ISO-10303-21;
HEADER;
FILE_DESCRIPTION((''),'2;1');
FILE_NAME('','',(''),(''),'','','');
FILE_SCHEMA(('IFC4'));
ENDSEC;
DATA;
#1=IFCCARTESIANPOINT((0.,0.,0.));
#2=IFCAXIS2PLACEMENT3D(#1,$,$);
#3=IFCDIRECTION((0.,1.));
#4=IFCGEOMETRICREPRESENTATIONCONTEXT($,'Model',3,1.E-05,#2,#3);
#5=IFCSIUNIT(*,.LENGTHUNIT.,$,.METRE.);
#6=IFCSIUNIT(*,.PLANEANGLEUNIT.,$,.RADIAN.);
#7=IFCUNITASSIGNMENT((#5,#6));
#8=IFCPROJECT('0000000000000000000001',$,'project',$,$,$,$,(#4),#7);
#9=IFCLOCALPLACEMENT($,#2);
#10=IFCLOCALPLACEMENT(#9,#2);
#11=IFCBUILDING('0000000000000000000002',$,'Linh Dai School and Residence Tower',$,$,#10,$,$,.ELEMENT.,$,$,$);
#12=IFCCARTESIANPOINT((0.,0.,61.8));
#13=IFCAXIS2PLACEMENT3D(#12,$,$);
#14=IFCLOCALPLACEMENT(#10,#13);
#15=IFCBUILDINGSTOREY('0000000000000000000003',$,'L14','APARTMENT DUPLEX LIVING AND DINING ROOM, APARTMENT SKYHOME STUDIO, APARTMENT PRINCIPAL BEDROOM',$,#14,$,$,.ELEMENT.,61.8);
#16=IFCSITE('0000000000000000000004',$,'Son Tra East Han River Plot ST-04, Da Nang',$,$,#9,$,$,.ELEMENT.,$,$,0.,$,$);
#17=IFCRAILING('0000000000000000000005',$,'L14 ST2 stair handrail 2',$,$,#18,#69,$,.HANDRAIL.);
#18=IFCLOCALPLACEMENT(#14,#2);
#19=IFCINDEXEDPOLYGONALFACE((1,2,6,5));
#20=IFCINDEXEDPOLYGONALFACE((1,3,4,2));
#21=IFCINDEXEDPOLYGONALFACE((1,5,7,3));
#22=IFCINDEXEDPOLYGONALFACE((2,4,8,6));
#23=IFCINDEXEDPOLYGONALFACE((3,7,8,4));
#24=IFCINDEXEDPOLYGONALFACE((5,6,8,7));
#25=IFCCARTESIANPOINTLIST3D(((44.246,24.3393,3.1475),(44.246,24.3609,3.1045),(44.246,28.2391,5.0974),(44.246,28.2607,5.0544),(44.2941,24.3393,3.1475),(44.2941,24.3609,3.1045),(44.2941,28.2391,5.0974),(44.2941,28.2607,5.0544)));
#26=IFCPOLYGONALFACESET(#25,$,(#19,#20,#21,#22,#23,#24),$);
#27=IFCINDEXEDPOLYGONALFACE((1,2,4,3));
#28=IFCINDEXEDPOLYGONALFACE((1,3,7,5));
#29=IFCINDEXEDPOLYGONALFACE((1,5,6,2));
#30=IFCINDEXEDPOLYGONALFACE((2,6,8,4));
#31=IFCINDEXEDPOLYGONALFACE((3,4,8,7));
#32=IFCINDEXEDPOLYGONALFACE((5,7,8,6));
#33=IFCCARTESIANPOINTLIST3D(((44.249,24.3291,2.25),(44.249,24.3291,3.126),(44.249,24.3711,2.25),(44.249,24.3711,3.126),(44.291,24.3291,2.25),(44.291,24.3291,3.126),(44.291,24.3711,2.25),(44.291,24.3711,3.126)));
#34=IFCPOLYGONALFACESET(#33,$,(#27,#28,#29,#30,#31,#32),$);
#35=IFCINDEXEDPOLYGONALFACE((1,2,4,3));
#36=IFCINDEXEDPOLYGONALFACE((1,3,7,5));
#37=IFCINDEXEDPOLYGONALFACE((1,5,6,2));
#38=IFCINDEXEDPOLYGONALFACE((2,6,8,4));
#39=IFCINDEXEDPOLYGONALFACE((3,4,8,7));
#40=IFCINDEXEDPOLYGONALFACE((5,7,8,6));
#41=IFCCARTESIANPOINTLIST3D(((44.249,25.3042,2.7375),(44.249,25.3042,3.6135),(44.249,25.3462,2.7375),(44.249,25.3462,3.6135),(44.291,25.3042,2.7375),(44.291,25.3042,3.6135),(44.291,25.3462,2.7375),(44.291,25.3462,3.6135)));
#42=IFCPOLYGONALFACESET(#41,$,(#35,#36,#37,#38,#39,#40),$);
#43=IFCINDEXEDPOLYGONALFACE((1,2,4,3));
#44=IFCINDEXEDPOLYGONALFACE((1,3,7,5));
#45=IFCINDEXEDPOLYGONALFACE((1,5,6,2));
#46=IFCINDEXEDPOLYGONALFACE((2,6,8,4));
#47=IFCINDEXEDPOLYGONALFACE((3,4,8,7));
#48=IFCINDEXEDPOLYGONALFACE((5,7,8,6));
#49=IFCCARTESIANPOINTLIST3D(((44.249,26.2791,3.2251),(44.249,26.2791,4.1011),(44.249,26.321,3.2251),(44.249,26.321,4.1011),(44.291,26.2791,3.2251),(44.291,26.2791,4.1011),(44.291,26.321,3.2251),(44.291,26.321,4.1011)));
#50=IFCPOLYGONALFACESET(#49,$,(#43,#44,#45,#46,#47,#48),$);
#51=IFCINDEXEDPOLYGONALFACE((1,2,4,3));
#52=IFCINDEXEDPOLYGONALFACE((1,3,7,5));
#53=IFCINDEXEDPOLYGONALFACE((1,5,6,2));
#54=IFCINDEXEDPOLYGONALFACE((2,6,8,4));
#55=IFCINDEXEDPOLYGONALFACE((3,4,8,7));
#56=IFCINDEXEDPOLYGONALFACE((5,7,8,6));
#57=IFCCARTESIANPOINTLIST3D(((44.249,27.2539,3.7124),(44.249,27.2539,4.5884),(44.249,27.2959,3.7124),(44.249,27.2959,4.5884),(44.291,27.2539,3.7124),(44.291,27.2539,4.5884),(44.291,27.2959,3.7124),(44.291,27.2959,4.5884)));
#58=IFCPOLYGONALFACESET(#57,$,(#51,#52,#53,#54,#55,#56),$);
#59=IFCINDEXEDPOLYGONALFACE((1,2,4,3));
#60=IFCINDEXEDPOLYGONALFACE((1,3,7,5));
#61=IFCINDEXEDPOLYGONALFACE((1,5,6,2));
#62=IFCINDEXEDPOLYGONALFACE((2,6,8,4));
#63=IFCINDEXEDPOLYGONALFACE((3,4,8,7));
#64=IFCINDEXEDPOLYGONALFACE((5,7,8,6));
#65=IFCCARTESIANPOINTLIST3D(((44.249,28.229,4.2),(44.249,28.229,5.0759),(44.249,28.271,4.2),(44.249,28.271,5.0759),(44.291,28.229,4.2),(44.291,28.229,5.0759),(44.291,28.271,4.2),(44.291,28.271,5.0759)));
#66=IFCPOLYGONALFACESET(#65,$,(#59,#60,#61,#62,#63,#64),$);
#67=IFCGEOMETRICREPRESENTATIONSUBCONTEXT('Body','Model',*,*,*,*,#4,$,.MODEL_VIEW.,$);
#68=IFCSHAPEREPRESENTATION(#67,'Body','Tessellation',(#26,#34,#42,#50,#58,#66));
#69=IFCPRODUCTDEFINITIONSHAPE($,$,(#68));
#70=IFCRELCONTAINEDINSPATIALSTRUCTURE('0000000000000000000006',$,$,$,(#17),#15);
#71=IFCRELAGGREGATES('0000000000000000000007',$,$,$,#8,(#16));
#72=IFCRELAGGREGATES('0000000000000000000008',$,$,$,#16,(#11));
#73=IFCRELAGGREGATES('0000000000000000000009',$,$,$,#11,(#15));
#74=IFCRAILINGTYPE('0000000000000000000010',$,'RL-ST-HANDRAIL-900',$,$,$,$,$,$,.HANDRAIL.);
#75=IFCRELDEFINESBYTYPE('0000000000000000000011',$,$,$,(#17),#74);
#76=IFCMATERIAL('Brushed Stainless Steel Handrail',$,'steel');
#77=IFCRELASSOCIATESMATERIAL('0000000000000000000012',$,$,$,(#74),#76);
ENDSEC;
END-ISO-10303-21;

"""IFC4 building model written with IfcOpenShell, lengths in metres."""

from ifc_helpers import new_model, si_unit, direction, frame, origin, origin_2d, place, context, subcontext, project, spatial, rectangle, extrude, source, transform, mapped, material, type_object, element, save


model = new_model("IFC4")

# Units and contexts
model_context = context("Model", 3, precision=1e-05, world=origin(), true_north=direction((0.0, 1.0)))
body_context = subcontext(model_context, "Body", "Model", "MODEL_VIEW")
ifc_project = project(units=[si_unit("LENGTHUNIT", "METRE"), si_unit("PLANEANGLEUNIT", "RADIAN")], contexts=[model_context])

# Site, building, storey
site_placement = place(None, origin())
site = spatial("IfcSite", under=ifc_project, at=site_placement, Name="Son Tra East Han River Plot ST-04, Da Nang", CompositionType="ELEMENT", RefElevation=0.0)
building_placement = place(site_placement, origin())
building = spatial("IfcBuilding", under=site, at=building_placement, Name="Linh Dai School and Residence Tower", CompositionType="ELEMENT")
storey_placement = place(building_placement, frame((0.0, 0.0, 61.8)))
storey = spatial("IfcBuildingStorey", under=building, at=storey_placement, Name="L14", Description="APARTMENT DUPLEX LIVING AND DINING ROOM, APARTMENT SKYHOME STUDIO, APARTMENT PRINCIPAL BEDROOM", CompositionType="ELEMENT", Elevation=61.8)

# Railing
ifc_material_1 = material(Name="Brushed Stainless Steel Handrail", Category="steel")
railing_type_1 = type_object("IfcRailingType", Name="RL-ST-HANDRAIL-900", PredefinedType="HANDRAIL", material=ifc_material_1)
shared_shape_1 = source(origin(), body_context, "Body", "SweptSolid", [
    extrude(rectangle(XDim=0.0481, YDim=0.0481, at=origin_2d()), frame((0.0, 0.0, 0.876), z_axis=(0.0, 0.894427, 0.447214), x_axis=(-1.0, 0.0, 0.0)), (0.0, 0.0, 1.0), 4.3601),
    extrude(rectangle(XDim=0.042, YDim=0.042, at=origin_2d()), origin(), (0.0, 0.0, 1.0), 0.876),
    extrude(rectangle(XDim=0.042, YDim=0.042, at=origin_2d()), frame((0.0, 0.9751, 0.4875)), (0.0, 0.0, 1.0), 0.876),
    extrude(rectangle(XDim=0.042, YDim=0.042, at=origin_2d()), frame((0.0, 1.95, 0.9751)), (0.0, 0.0, 1.0), 0.876),
    extrude(rectangle(XDim=0.042, YDim=0.042, at=origin_2d()), frame((0.0, 2.9248, 1.4624)), (0.0, 0.0, 1.0), 0.876),
    extrude(rectangle(XDim=0.042, YDim=0.042, at=origin_2d()), frame((0.0, 3.8999, 1.95)), (0.0, 0.0, 1.0), 0.876),
])
railing_1_placement = place(storey_placement, frame((44.27, 24.3501, 2.25)))
element("IfcRailing", 1, at=railing_1_placement, inside=storey, type_object=railing_type_1, Name="L14 ST2 stair handrail 2", PredefinedType="HANDRAIL", context=body_context, shape_type="MappedRepresentation", body=[
    mapped(shared_shape_1, transform((0.0, 0.0, 0.0), x_axis=(1.0, 0.0, 0.0), y_axis=(0.0, 1.0, 0.0), z_axis=(0.0, 0.0, 1.0), scale=1.0)),
])

save(model, "model.ifc")
